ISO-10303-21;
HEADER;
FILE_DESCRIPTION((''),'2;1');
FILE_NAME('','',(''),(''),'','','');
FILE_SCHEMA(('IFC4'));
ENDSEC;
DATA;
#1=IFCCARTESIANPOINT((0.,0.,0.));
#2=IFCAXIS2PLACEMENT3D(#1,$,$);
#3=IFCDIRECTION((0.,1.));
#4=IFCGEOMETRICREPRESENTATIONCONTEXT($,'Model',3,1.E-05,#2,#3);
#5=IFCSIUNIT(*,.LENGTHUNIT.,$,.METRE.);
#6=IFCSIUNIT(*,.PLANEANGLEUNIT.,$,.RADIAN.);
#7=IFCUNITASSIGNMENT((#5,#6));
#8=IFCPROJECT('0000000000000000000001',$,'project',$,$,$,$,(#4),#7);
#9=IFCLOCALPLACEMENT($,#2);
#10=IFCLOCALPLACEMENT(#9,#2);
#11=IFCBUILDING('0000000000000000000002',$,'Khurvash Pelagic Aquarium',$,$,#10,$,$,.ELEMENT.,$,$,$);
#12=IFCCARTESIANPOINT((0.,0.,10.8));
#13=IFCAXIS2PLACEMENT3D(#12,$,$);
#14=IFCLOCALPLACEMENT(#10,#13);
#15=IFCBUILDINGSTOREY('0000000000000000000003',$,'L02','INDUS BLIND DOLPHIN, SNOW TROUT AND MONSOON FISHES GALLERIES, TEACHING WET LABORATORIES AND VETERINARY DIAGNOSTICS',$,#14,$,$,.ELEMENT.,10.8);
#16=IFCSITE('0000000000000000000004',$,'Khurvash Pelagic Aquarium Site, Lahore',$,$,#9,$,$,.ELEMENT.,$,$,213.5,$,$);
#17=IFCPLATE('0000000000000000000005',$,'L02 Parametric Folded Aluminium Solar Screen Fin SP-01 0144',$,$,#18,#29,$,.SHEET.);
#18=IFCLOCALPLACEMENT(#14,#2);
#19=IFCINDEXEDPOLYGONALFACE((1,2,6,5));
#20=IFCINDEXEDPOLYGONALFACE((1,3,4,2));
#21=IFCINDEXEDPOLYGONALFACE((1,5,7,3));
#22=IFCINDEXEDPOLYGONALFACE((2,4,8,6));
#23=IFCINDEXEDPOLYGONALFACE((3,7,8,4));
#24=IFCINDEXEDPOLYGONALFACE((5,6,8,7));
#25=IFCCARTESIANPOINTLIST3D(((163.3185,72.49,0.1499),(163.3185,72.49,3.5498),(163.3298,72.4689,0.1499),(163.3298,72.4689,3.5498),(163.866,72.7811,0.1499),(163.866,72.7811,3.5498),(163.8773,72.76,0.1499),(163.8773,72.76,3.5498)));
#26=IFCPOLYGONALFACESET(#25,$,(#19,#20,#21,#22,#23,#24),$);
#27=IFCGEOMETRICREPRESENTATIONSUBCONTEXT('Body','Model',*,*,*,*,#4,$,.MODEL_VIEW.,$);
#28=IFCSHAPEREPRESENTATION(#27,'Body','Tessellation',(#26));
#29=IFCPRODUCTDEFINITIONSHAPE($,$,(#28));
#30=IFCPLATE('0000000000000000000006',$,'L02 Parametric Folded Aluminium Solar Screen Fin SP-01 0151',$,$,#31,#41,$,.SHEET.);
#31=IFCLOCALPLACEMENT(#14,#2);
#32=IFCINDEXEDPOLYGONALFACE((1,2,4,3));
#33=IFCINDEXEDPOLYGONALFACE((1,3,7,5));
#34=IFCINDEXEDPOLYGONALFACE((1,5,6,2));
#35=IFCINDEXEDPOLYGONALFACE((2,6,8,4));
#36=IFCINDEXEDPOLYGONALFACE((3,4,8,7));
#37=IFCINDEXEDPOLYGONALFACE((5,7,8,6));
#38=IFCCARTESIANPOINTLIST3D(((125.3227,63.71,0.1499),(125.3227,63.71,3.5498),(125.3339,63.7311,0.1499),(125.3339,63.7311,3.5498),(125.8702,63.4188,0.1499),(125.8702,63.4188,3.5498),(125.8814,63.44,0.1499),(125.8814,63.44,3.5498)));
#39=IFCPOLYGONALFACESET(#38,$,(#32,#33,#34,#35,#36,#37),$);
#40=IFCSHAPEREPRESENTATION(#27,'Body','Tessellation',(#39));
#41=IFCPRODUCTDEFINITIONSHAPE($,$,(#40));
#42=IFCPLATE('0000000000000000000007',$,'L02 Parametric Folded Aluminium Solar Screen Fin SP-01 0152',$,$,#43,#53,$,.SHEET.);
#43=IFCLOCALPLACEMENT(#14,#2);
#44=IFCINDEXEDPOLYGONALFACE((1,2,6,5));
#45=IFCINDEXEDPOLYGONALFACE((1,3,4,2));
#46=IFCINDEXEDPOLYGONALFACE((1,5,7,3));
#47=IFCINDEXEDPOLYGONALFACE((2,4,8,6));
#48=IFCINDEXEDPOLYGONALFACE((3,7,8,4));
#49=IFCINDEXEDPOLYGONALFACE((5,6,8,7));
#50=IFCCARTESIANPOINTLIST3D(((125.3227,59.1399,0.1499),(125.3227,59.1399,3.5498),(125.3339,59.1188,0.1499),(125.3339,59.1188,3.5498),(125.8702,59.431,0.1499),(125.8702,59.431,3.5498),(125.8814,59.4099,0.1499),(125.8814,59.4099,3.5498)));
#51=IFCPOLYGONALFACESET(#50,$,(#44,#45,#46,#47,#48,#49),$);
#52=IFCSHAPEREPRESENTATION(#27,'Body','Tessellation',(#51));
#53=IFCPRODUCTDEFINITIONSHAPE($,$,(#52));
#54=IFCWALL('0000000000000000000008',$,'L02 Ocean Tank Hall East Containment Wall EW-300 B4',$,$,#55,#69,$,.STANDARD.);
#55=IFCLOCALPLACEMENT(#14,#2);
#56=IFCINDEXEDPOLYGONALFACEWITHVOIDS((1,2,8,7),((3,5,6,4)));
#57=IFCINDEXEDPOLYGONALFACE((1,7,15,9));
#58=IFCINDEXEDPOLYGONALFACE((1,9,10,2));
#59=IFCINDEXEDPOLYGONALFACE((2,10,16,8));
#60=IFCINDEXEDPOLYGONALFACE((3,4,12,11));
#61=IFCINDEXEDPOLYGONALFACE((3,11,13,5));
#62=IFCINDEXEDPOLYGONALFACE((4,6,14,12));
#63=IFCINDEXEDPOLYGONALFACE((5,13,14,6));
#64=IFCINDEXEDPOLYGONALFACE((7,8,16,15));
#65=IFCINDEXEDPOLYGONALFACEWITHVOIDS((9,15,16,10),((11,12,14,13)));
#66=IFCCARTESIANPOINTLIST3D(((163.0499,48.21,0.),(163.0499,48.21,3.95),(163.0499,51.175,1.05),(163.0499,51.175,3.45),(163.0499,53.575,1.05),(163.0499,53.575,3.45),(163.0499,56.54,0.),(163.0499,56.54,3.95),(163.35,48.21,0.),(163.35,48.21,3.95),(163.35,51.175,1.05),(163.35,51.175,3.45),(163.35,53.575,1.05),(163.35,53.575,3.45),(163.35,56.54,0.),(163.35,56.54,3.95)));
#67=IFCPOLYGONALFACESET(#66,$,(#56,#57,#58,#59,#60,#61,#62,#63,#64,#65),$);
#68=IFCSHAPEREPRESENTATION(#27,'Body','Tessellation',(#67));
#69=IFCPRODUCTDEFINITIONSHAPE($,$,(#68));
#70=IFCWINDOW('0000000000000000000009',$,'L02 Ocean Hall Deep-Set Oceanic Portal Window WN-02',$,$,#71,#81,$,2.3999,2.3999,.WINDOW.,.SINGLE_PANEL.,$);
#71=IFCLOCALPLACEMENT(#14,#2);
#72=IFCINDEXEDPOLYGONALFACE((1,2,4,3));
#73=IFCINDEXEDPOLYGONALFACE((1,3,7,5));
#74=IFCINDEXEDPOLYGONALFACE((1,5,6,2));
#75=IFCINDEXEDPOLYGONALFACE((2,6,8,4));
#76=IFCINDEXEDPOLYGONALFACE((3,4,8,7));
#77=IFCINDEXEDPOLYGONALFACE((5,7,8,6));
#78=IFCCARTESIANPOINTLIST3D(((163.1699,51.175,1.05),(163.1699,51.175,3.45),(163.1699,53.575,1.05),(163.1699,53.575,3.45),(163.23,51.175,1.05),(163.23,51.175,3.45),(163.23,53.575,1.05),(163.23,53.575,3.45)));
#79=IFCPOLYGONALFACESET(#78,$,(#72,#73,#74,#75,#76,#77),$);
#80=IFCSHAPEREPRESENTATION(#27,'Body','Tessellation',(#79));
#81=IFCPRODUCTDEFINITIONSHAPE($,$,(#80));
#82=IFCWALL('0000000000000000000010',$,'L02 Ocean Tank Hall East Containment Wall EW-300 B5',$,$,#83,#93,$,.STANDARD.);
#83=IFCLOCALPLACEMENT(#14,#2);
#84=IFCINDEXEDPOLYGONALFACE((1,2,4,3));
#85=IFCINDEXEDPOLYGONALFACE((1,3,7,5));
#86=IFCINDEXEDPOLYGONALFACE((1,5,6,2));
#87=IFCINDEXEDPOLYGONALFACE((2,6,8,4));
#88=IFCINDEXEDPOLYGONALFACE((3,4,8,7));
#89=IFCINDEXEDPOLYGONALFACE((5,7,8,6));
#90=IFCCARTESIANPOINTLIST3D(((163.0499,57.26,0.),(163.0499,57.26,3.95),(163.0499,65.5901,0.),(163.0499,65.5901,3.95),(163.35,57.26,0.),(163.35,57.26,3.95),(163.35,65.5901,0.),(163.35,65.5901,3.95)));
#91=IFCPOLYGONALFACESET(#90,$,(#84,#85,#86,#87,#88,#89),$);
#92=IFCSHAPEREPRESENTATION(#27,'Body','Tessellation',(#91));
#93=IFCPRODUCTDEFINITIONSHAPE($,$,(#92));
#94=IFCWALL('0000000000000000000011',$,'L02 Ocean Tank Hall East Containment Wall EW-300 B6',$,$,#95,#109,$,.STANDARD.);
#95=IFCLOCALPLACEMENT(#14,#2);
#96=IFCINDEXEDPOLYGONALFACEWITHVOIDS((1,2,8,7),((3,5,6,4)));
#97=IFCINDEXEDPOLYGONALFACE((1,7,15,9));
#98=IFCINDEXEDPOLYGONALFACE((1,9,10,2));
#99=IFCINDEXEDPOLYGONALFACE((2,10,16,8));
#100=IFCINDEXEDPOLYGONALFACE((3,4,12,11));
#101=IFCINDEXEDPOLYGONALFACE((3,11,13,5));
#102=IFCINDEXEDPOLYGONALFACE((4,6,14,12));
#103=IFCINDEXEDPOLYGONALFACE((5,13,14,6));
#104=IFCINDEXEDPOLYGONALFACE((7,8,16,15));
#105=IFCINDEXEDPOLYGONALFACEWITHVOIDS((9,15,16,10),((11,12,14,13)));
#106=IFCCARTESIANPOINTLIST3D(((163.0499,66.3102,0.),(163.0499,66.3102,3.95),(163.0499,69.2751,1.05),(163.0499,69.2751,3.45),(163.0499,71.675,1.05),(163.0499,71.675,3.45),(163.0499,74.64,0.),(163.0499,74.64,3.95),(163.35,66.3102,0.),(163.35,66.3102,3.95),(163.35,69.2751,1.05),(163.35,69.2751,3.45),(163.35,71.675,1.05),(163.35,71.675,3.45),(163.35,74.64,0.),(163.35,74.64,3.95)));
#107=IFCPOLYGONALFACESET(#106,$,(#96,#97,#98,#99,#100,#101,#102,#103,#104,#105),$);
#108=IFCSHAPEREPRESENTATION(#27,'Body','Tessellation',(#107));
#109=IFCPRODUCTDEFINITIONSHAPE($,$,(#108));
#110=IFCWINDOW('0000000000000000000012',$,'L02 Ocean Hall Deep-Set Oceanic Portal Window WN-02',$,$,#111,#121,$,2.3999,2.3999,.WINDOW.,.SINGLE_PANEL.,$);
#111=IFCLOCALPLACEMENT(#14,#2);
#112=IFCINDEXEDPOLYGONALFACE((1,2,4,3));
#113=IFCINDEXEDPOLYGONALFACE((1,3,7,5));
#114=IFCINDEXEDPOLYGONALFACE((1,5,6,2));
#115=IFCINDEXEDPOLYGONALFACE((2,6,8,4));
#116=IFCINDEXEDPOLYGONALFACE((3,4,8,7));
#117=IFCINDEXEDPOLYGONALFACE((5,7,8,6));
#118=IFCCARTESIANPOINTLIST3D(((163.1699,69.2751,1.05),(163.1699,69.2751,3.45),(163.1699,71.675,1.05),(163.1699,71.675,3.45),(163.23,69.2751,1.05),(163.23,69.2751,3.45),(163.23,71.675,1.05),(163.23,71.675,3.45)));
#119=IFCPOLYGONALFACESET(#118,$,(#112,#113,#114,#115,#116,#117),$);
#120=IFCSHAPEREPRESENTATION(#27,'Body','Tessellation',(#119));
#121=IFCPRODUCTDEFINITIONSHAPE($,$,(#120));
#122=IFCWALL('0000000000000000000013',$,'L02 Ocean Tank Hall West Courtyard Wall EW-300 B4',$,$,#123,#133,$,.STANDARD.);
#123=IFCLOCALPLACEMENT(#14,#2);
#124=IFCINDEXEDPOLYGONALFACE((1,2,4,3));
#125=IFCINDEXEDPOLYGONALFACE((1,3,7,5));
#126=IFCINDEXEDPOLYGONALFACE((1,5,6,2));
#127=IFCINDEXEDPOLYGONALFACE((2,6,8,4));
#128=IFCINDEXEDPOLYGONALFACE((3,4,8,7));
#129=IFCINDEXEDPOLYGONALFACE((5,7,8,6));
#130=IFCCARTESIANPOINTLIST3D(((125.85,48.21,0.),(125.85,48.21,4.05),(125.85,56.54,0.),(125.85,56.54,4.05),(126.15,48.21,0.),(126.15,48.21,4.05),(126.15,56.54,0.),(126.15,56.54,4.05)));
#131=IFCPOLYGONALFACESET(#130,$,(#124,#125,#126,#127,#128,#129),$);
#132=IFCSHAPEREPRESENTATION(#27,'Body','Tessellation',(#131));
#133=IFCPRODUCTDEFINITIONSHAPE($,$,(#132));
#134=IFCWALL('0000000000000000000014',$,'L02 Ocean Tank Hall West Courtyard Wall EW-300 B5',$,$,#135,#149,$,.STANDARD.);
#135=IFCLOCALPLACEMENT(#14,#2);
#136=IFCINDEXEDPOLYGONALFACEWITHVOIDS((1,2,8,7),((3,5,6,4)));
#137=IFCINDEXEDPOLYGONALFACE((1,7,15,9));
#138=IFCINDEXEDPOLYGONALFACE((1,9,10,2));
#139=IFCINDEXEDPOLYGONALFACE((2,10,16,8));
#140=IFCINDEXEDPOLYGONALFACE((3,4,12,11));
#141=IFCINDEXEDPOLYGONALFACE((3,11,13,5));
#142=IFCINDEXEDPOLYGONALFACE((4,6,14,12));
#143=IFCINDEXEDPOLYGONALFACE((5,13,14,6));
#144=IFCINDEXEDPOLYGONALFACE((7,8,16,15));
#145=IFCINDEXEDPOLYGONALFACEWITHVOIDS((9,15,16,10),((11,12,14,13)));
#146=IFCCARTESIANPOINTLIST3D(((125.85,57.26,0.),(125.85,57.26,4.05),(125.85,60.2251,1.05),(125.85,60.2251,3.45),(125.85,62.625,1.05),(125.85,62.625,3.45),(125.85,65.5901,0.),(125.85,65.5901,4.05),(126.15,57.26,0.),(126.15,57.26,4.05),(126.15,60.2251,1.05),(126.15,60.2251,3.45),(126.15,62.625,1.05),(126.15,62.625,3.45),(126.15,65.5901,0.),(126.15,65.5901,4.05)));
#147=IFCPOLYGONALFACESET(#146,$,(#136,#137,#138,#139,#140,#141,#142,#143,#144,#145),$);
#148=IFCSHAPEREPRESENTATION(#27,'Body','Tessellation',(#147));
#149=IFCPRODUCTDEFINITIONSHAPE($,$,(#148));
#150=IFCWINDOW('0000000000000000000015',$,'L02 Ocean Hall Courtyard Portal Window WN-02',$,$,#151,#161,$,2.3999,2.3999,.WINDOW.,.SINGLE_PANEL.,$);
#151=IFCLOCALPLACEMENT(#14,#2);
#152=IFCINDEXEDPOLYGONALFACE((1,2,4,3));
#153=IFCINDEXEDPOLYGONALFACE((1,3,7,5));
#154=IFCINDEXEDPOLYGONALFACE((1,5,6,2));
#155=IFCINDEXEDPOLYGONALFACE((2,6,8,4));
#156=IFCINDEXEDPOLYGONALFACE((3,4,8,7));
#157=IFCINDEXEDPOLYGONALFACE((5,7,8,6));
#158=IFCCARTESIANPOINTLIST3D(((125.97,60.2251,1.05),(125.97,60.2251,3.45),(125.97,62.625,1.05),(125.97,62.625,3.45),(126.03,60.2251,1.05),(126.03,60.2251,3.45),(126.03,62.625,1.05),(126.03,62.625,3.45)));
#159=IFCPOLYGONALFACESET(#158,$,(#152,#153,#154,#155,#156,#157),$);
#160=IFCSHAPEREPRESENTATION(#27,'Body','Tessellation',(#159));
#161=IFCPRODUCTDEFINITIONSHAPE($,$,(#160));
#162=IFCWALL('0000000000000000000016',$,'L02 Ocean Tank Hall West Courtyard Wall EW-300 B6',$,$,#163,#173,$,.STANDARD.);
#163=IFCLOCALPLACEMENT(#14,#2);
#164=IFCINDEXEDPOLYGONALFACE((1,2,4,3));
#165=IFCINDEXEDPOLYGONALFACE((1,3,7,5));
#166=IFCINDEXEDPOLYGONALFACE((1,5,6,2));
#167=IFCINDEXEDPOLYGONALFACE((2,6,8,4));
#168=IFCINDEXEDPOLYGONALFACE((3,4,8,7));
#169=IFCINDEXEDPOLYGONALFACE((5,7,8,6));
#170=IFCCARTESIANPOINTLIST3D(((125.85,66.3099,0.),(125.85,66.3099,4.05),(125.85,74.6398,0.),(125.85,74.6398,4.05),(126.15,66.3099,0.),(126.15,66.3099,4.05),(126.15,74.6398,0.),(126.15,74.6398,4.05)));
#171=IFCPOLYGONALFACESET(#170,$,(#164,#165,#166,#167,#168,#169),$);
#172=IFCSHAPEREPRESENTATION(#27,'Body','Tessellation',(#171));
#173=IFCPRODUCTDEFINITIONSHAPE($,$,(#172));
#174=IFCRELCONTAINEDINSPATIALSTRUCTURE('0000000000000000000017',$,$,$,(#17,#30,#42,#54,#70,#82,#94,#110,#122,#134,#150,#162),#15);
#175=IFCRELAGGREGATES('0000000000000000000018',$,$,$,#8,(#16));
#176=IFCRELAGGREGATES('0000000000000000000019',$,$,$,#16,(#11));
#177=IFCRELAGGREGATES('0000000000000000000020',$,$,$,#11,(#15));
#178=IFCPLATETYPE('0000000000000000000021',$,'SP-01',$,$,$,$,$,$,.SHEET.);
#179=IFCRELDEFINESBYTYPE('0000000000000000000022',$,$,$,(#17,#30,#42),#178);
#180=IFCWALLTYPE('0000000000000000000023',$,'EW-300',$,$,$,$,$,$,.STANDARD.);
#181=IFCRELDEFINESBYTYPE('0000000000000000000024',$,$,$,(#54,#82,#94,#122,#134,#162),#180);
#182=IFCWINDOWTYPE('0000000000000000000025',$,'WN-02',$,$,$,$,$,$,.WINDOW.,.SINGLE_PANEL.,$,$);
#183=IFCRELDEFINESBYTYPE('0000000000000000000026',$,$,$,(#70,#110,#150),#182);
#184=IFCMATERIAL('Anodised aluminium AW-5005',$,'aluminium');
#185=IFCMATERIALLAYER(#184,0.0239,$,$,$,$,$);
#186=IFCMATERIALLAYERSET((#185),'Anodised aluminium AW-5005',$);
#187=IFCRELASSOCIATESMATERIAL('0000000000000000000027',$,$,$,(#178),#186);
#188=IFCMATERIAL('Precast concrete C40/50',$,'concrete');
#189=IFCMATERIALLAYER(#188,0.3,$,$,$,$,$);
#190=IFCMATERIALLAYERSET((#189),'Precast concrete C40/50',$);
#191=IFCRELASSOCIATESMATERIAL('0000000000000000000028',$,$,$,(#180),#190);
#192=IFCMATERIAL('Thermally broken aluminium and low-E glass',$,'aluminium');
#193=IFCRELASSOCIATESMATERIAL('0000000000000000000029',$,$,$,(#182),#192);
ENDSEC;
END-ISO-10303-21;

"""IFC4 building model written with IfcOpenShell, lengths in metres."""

from ifc_helpers import new_model, si_unit, direction, frame, frame_2d, origin, origin_2d, place, context, subcontext, project, spatial, rectangle, extrude, material, layer, layer_set, type_object, element, fill, save


model = new_model("IFC4")

# Units and contexts
model_context = context("Model", 3, precision=1e-05, world=origin(), true_north=direction((0.0, 1.0)))
body_context = subcontext(model_context, "Body", "Model", "MODEL_VIEW")
ifc_project = project(units=[si_unit("LENGTHUNIT", "METRE"), si_unit("PLANEANGLEUNIT", "RADIAN")], contexts=[model_context])

# Site, building, storey
site_placement = place(None, origin())
site = spatial("IfcSite", under=ifc_project, at=site_placement, Name="Khurvash Pelagic Aquarium Site, Lahore", CompositionType="ELEMENT", RefElevation=213.5)
building_placement = place(site_placement, origin())
building = spatial("IfcBuilding", under=site, at=building_placement, Name="Khurvash Pelagic Aquarium", CompositionType="ELEMENT")
storey_placement = place(building_placement, frame((0.0, 0.0, 10.8)))
storey = spatial("IfcBuildingStorey", under=building, at=storey_placement, Name="L02", Description="INDUS BLIND DOLPHIN, SNOW TROUT AND MONSOON FISHES GALLERIES, TEACHING WET LABORATORIES AND VETERINARY DIAGNOSTICS", CompositionType="ELEMENT", Elevation=10.8)

# Plates
ifc_material_1 = material(Name="Anodised aluminium AW-5005", Category="aluminium")
ifc_layer_1 = layer(ifc_material_1, 0.0239)
ifc_layer_set_1 = layer_set([ifc_layer_1], Name="Anodised aluminium AW-5005")
plate_type = type_object("IfcPlateType", Name="SP-01", PredefinedType="SHEET", material=ifc_layer_set_1)
for number, where, z_axis, x_axis, name in (
    (1, (163.5979, 72.625, 0.1499), (0.0, 0.0, 1.0), (0.882948, 0.469472, 0.0), "L02 Parametric Folded Aluminium Solar Screen Fin SP-01 0144"),
    (2, (125.6021, 63.575, 0.1499), (0.0, 0.0, 1.0), (-0.882948, 0.469472, 0.0), "L02 Parametric Folded Aluminium Solar Screen Fin SP-01 0151"),
    (3, (125.6021, 59.2749, 0.1499), (0.0, 0.0, 1.0), (-0.882948, -0.469472, 0.0), "L02 Parametric Folded Aluminium Solar Screen Fin SP-01 0152"),
):
    element("IfcPlate", number, at=place(storey_placement, frame(where, z_axis=z_axis, x_axis=x_axis)), inside=storey, type_object=plate_type, Name=name, PredefinedType="SHEET", context=body_context, shape_type="SweptSolid", body=[
        extrude(rectangle(XDim=0.6201, YDim=0.0239, at=origin_2d()), origin(), (0.0, 0.0, 1.0), 3.3999),
    ])

# Wall, opening, window
ifc_material_2 = material(Name="Precast concrete C40/50", Category="concrete")
ifc_layer_2 = layer(ifc_material_2, 0.3)
ifc_layer_set_2 = layer_set([ifc_layer_2], Name="Precast concrete C40/50")
wall_type = type_object("IfcWallType", Name="EW-300", PredefinedType="STANDARD", material=ifc_layer_set_2)
wall_1_placement = place(storey_placement, frame((163.2, 48.21, 0.0), z_axis=(0.0, 0.0, 1.0), x_axis=(0.0, 1.0, 0.0)))
wall_1 = element("IfcWall", 4, at=wall_1_placement, inside=storey, type_object=wall_type, Name="L02 Ocean Tank Hall East Containment Wall EW-300 B4", PredefinedType="STANDARD", context=body_context, shape_type="SweptSolid", body=[
    extrude(rectangle(XDim=8.3301, YDim=0.3, at=frame_2d((4.165, 0.0))), origin(), (0.0, 0.0, 1.0), 3.95),
])
opening_1_placement = place(wall_1_placement, frame((2.9651, 0.0, 1.05)))
opening_1 = element("IfcOpeningElement", 5, at=opening_1_placement, cuts=wall_1, PredefinedType="OPENING", context=body_context, shape_type="SweptSolid", body=[
    extrude(rectangle(XDim=2.3999, YDim=2.3999, at=frame_2d((1.2, 1.2))), frame((0.0, 0.1602, 0.0), z_axis=(0.0, -1.0, 0.0), x_axis=(1.0, 0.0, 0.0)), (0.0, 0.0, 1.0), 0.3201),
])
ifc_material_3 = material(Name="Thermally broken aluminium and low-E glass", Category="aluminium")
window_type = type_object("IfcWindowType", Name="WN-02", PartitioningType="SINGLE_PANEL", PredefinedType="WINDOW", material=ifc_material_3)
window_1_placement = place(opening_1_placement, origin())
window_1 = element("IfcWindow", 6, at=window_1_placement, inside=storey, type_object=window_type, Name="L02 Ocean Hall Deep-Set Oceanic Portal Window WN-02", OverallHeight=2.3999, OverallWidth=2.3999, PartitioningType="SINGLE_PANEL", PredefinedType="WINDOW", context=body_context, shape_type="SweptSolid", body=[
    extrude(rectangle(XDim=2.3999, YDim=2.3999, at=frame_2d((1.2, 1.2))), frame((0.0, 0.03, 0.0), z_axis=(0.0, -1.0, 0.0), x_axis=(1.0, 0.0, 0.0)), (0.0, 0.0, 1.0), 0.0601),
])
fill(opening_1, window_1)

# Wall
wall_2_placement = place(storey_placement, frame((163.2, 57.26, 0.0), z_axis=(0.0, 0.0, 1.0), x_axis=(0.0, 1.0, 0.0)))
element("IfcWall", 7, at=wall_2_placement, inside=storey, type_object=wall_type, Name="L02 Ocean Tank Hall East Containment Wall EW-300 B5", PredefinedType="STANDARD", context=body_context, shape_type="SweptSolid", body=[
    extrude(rectangle(XDim=8.3301, YDim=0.3, at=frame_2d((4.165, 0.0))), origin(), (0.0, 0.0, 1.0), 3.95),
])

# Wall, opening, window
wall_3_placement = place(storey_placement, frame((163.2, 66.3101, 0.0), z_axis=(0.0, 0.0, 1.0), x_axis=(0.0, 1.0, 0.0)))
wall_3 = element("IfcWall", 8, at=wall_3_placement, inside=storey, type_object=wall_type, Name="L02 Ocean Tank Hall East Containment Wall EW-300 B6", PredefinedType="STANDARD", context=body_context, shape_type="SweptSolid", body=[
    extrude(rectangle(XDim=8.3298, YDim=0.3, at=frame_2d((4.165, 0.0))), origin(), (0.0, 0.0, 1.0), 3.95),
])
opening_2_placement = place(wall_3_placement, frame((2.9651, 0.0, 1.05)))
opening_2 = element("IfcOpeningElement", 9, at=opening_2_placement, cuts=wall_3, PredefinedType="OPENING", context=body_context, shape_type="SweptSolid", body=[
    extrude(rectangle(XDim=2.3999, YDim=2.3999, at=frame_2d((1.2, 1.2))), frame((0.0, 0.1602, 0.0), z_axis=(0.0, -1.0, 0.0), x_axis=(1.0, 0.0, 0.0)), (0.0, 0.0, 1.0), 0.3201),
])
window_2_placement = place(opening_2_placement, origin())
window_2 = element("IfcWindow", 10, at=window_2_placement, inside=storey, type_object=window_type, Name="L02 Ocean Hall Deep-Set Oceanic Portal Window WN-02", OverallHeight=2.3999, OverallWidth=2.3999, PartitioningType="SINGLE_PANEL", PredefinedType="WINDOW", context=body_context, shape_type="SweptSolid", body=[
    extrude(rectangle(XDim=2.3999, YDim=2.3999, at=frame_2d((1.2, 1.2))), frame((0.0, 0.03, 0.0), z_axis=(0.0, -1.0, 0.0), x_axis=(1.0, 0.0, 0.0)), (0.0, 0.0, 1.0), 0.0601),
])
fill(opening_2, window_2)

# Wall
wall_4_placement = place(storey_placement, frame((126.0, 56.54, 0.0), z_axis=(0.0, 0.0, 1.0), x_axis=(0.0, -1.0, 0.0)))
element("IfcWall", 11, at=wall_4_placement, inside=storey, type_object=wall_type, Name="L02 Ocean Tank Hall West Courtyard Wall EW-300 B4", PredefinedType="STANDARD", context=body_context, shape_type="SweptSolid", body=[
    extrude(rectangle(XDim=8.3301, YDim=0.3, at=frame_2d((4.165, 0.0))), origin(), (0.0, 0.0, 1.0), 4.05),
])

# Wall, opening, window
wall_5_placement = place(storey_placement, frame((126.0, 65.5901, 0.0), z_axis=(0.0, 0.0, 1.0), x_axis=(0.0, -1.0, 0.0)))
wall_5 = element("IfcWall", 12, at=wall_5_placement, inside=storey, type_object=wall_type, Name="L02 Ocean Tank Hall West Courtyard Wall EW-300 B5", PredefinedType="STANDARD", context=body_context, shape_type="SweptSolid", body=[
    extrude(rectangle(XDim=8.3301, YDim=0.3, at=frame_2d((4.165, 0.0))), origin(), (0.0, 0.0, 1.0), 4.05),
])
opening_3_placement = place(wall_5_placement, frame((2.9651, 0.0, 1.05)))
opening_3 = element("IfcOpeningElement", 13, at=opening_3_placement, cuts=wall_5, PredefinedType="OPENING", context=body_context, shape_type="SweptSolid", body=[
    extrude(rectangle(XDim=2.3999, YDim=2.3999, at=frame_2d((1.2, 1.2))), frame((0.0, 0.1602, 0.0), z_axis=(0.0, -1.0, 0.0), x_axis=(1.0, 0.0, 0.0)), (0.0, 0.0, 1.0), 0.3201),
])
window_3_placement = place(opening_3_placement, origin())
window_3 = element("IfcWindow", 14, at=window_3_placement, inside=storey, type_object=window_type, Name="L02 Ocean Hall Courtyard Portal Window WN-02", OverallHeight=2.3999, OverallWidth=2.3999, PartitioningType="SINGLE_PANEL", PredefinedType="WINDOW", context=body_context, shape_type="SweptSolid", body=[
    extrude(rectangle(XDim=2.3999, YDim=2.3999, at=frame_2d((1.2, 1.2))), frame((0.0, 0.03, 0.0), z_axis=(0.0, -1.0, 0.0), x_axis=(1.0, 0.0, 0.0)), (0.0, 0.0, 1.0), 0.0601),
])
fill(opening_3, window_3)

# Wall
wall_6_placement = place(storey_placement, frame((126.0, 74.6399, 0.0), z_axis=(0.0, 0.0, 1.0), x_axis=(0.0, -1.0, 0.0)))
element("IfcWall", 15, at=wall_6_placement, inside=storey, type_object=wall_type, Name="L02 Ocean Tank Hall West Courtyard Wall EW-300 B6", PredefinedType="STANDARD", context=body_context, shape_type="SweptSolid", body=[
    extrude(rectangle(XDim=8.3298, YDim=0.3, at=frame_2d((4.165, 0.0))), origin(), (0.0, 0.0, 1.0), 4.05),
])

save(model, "model.ifc")
